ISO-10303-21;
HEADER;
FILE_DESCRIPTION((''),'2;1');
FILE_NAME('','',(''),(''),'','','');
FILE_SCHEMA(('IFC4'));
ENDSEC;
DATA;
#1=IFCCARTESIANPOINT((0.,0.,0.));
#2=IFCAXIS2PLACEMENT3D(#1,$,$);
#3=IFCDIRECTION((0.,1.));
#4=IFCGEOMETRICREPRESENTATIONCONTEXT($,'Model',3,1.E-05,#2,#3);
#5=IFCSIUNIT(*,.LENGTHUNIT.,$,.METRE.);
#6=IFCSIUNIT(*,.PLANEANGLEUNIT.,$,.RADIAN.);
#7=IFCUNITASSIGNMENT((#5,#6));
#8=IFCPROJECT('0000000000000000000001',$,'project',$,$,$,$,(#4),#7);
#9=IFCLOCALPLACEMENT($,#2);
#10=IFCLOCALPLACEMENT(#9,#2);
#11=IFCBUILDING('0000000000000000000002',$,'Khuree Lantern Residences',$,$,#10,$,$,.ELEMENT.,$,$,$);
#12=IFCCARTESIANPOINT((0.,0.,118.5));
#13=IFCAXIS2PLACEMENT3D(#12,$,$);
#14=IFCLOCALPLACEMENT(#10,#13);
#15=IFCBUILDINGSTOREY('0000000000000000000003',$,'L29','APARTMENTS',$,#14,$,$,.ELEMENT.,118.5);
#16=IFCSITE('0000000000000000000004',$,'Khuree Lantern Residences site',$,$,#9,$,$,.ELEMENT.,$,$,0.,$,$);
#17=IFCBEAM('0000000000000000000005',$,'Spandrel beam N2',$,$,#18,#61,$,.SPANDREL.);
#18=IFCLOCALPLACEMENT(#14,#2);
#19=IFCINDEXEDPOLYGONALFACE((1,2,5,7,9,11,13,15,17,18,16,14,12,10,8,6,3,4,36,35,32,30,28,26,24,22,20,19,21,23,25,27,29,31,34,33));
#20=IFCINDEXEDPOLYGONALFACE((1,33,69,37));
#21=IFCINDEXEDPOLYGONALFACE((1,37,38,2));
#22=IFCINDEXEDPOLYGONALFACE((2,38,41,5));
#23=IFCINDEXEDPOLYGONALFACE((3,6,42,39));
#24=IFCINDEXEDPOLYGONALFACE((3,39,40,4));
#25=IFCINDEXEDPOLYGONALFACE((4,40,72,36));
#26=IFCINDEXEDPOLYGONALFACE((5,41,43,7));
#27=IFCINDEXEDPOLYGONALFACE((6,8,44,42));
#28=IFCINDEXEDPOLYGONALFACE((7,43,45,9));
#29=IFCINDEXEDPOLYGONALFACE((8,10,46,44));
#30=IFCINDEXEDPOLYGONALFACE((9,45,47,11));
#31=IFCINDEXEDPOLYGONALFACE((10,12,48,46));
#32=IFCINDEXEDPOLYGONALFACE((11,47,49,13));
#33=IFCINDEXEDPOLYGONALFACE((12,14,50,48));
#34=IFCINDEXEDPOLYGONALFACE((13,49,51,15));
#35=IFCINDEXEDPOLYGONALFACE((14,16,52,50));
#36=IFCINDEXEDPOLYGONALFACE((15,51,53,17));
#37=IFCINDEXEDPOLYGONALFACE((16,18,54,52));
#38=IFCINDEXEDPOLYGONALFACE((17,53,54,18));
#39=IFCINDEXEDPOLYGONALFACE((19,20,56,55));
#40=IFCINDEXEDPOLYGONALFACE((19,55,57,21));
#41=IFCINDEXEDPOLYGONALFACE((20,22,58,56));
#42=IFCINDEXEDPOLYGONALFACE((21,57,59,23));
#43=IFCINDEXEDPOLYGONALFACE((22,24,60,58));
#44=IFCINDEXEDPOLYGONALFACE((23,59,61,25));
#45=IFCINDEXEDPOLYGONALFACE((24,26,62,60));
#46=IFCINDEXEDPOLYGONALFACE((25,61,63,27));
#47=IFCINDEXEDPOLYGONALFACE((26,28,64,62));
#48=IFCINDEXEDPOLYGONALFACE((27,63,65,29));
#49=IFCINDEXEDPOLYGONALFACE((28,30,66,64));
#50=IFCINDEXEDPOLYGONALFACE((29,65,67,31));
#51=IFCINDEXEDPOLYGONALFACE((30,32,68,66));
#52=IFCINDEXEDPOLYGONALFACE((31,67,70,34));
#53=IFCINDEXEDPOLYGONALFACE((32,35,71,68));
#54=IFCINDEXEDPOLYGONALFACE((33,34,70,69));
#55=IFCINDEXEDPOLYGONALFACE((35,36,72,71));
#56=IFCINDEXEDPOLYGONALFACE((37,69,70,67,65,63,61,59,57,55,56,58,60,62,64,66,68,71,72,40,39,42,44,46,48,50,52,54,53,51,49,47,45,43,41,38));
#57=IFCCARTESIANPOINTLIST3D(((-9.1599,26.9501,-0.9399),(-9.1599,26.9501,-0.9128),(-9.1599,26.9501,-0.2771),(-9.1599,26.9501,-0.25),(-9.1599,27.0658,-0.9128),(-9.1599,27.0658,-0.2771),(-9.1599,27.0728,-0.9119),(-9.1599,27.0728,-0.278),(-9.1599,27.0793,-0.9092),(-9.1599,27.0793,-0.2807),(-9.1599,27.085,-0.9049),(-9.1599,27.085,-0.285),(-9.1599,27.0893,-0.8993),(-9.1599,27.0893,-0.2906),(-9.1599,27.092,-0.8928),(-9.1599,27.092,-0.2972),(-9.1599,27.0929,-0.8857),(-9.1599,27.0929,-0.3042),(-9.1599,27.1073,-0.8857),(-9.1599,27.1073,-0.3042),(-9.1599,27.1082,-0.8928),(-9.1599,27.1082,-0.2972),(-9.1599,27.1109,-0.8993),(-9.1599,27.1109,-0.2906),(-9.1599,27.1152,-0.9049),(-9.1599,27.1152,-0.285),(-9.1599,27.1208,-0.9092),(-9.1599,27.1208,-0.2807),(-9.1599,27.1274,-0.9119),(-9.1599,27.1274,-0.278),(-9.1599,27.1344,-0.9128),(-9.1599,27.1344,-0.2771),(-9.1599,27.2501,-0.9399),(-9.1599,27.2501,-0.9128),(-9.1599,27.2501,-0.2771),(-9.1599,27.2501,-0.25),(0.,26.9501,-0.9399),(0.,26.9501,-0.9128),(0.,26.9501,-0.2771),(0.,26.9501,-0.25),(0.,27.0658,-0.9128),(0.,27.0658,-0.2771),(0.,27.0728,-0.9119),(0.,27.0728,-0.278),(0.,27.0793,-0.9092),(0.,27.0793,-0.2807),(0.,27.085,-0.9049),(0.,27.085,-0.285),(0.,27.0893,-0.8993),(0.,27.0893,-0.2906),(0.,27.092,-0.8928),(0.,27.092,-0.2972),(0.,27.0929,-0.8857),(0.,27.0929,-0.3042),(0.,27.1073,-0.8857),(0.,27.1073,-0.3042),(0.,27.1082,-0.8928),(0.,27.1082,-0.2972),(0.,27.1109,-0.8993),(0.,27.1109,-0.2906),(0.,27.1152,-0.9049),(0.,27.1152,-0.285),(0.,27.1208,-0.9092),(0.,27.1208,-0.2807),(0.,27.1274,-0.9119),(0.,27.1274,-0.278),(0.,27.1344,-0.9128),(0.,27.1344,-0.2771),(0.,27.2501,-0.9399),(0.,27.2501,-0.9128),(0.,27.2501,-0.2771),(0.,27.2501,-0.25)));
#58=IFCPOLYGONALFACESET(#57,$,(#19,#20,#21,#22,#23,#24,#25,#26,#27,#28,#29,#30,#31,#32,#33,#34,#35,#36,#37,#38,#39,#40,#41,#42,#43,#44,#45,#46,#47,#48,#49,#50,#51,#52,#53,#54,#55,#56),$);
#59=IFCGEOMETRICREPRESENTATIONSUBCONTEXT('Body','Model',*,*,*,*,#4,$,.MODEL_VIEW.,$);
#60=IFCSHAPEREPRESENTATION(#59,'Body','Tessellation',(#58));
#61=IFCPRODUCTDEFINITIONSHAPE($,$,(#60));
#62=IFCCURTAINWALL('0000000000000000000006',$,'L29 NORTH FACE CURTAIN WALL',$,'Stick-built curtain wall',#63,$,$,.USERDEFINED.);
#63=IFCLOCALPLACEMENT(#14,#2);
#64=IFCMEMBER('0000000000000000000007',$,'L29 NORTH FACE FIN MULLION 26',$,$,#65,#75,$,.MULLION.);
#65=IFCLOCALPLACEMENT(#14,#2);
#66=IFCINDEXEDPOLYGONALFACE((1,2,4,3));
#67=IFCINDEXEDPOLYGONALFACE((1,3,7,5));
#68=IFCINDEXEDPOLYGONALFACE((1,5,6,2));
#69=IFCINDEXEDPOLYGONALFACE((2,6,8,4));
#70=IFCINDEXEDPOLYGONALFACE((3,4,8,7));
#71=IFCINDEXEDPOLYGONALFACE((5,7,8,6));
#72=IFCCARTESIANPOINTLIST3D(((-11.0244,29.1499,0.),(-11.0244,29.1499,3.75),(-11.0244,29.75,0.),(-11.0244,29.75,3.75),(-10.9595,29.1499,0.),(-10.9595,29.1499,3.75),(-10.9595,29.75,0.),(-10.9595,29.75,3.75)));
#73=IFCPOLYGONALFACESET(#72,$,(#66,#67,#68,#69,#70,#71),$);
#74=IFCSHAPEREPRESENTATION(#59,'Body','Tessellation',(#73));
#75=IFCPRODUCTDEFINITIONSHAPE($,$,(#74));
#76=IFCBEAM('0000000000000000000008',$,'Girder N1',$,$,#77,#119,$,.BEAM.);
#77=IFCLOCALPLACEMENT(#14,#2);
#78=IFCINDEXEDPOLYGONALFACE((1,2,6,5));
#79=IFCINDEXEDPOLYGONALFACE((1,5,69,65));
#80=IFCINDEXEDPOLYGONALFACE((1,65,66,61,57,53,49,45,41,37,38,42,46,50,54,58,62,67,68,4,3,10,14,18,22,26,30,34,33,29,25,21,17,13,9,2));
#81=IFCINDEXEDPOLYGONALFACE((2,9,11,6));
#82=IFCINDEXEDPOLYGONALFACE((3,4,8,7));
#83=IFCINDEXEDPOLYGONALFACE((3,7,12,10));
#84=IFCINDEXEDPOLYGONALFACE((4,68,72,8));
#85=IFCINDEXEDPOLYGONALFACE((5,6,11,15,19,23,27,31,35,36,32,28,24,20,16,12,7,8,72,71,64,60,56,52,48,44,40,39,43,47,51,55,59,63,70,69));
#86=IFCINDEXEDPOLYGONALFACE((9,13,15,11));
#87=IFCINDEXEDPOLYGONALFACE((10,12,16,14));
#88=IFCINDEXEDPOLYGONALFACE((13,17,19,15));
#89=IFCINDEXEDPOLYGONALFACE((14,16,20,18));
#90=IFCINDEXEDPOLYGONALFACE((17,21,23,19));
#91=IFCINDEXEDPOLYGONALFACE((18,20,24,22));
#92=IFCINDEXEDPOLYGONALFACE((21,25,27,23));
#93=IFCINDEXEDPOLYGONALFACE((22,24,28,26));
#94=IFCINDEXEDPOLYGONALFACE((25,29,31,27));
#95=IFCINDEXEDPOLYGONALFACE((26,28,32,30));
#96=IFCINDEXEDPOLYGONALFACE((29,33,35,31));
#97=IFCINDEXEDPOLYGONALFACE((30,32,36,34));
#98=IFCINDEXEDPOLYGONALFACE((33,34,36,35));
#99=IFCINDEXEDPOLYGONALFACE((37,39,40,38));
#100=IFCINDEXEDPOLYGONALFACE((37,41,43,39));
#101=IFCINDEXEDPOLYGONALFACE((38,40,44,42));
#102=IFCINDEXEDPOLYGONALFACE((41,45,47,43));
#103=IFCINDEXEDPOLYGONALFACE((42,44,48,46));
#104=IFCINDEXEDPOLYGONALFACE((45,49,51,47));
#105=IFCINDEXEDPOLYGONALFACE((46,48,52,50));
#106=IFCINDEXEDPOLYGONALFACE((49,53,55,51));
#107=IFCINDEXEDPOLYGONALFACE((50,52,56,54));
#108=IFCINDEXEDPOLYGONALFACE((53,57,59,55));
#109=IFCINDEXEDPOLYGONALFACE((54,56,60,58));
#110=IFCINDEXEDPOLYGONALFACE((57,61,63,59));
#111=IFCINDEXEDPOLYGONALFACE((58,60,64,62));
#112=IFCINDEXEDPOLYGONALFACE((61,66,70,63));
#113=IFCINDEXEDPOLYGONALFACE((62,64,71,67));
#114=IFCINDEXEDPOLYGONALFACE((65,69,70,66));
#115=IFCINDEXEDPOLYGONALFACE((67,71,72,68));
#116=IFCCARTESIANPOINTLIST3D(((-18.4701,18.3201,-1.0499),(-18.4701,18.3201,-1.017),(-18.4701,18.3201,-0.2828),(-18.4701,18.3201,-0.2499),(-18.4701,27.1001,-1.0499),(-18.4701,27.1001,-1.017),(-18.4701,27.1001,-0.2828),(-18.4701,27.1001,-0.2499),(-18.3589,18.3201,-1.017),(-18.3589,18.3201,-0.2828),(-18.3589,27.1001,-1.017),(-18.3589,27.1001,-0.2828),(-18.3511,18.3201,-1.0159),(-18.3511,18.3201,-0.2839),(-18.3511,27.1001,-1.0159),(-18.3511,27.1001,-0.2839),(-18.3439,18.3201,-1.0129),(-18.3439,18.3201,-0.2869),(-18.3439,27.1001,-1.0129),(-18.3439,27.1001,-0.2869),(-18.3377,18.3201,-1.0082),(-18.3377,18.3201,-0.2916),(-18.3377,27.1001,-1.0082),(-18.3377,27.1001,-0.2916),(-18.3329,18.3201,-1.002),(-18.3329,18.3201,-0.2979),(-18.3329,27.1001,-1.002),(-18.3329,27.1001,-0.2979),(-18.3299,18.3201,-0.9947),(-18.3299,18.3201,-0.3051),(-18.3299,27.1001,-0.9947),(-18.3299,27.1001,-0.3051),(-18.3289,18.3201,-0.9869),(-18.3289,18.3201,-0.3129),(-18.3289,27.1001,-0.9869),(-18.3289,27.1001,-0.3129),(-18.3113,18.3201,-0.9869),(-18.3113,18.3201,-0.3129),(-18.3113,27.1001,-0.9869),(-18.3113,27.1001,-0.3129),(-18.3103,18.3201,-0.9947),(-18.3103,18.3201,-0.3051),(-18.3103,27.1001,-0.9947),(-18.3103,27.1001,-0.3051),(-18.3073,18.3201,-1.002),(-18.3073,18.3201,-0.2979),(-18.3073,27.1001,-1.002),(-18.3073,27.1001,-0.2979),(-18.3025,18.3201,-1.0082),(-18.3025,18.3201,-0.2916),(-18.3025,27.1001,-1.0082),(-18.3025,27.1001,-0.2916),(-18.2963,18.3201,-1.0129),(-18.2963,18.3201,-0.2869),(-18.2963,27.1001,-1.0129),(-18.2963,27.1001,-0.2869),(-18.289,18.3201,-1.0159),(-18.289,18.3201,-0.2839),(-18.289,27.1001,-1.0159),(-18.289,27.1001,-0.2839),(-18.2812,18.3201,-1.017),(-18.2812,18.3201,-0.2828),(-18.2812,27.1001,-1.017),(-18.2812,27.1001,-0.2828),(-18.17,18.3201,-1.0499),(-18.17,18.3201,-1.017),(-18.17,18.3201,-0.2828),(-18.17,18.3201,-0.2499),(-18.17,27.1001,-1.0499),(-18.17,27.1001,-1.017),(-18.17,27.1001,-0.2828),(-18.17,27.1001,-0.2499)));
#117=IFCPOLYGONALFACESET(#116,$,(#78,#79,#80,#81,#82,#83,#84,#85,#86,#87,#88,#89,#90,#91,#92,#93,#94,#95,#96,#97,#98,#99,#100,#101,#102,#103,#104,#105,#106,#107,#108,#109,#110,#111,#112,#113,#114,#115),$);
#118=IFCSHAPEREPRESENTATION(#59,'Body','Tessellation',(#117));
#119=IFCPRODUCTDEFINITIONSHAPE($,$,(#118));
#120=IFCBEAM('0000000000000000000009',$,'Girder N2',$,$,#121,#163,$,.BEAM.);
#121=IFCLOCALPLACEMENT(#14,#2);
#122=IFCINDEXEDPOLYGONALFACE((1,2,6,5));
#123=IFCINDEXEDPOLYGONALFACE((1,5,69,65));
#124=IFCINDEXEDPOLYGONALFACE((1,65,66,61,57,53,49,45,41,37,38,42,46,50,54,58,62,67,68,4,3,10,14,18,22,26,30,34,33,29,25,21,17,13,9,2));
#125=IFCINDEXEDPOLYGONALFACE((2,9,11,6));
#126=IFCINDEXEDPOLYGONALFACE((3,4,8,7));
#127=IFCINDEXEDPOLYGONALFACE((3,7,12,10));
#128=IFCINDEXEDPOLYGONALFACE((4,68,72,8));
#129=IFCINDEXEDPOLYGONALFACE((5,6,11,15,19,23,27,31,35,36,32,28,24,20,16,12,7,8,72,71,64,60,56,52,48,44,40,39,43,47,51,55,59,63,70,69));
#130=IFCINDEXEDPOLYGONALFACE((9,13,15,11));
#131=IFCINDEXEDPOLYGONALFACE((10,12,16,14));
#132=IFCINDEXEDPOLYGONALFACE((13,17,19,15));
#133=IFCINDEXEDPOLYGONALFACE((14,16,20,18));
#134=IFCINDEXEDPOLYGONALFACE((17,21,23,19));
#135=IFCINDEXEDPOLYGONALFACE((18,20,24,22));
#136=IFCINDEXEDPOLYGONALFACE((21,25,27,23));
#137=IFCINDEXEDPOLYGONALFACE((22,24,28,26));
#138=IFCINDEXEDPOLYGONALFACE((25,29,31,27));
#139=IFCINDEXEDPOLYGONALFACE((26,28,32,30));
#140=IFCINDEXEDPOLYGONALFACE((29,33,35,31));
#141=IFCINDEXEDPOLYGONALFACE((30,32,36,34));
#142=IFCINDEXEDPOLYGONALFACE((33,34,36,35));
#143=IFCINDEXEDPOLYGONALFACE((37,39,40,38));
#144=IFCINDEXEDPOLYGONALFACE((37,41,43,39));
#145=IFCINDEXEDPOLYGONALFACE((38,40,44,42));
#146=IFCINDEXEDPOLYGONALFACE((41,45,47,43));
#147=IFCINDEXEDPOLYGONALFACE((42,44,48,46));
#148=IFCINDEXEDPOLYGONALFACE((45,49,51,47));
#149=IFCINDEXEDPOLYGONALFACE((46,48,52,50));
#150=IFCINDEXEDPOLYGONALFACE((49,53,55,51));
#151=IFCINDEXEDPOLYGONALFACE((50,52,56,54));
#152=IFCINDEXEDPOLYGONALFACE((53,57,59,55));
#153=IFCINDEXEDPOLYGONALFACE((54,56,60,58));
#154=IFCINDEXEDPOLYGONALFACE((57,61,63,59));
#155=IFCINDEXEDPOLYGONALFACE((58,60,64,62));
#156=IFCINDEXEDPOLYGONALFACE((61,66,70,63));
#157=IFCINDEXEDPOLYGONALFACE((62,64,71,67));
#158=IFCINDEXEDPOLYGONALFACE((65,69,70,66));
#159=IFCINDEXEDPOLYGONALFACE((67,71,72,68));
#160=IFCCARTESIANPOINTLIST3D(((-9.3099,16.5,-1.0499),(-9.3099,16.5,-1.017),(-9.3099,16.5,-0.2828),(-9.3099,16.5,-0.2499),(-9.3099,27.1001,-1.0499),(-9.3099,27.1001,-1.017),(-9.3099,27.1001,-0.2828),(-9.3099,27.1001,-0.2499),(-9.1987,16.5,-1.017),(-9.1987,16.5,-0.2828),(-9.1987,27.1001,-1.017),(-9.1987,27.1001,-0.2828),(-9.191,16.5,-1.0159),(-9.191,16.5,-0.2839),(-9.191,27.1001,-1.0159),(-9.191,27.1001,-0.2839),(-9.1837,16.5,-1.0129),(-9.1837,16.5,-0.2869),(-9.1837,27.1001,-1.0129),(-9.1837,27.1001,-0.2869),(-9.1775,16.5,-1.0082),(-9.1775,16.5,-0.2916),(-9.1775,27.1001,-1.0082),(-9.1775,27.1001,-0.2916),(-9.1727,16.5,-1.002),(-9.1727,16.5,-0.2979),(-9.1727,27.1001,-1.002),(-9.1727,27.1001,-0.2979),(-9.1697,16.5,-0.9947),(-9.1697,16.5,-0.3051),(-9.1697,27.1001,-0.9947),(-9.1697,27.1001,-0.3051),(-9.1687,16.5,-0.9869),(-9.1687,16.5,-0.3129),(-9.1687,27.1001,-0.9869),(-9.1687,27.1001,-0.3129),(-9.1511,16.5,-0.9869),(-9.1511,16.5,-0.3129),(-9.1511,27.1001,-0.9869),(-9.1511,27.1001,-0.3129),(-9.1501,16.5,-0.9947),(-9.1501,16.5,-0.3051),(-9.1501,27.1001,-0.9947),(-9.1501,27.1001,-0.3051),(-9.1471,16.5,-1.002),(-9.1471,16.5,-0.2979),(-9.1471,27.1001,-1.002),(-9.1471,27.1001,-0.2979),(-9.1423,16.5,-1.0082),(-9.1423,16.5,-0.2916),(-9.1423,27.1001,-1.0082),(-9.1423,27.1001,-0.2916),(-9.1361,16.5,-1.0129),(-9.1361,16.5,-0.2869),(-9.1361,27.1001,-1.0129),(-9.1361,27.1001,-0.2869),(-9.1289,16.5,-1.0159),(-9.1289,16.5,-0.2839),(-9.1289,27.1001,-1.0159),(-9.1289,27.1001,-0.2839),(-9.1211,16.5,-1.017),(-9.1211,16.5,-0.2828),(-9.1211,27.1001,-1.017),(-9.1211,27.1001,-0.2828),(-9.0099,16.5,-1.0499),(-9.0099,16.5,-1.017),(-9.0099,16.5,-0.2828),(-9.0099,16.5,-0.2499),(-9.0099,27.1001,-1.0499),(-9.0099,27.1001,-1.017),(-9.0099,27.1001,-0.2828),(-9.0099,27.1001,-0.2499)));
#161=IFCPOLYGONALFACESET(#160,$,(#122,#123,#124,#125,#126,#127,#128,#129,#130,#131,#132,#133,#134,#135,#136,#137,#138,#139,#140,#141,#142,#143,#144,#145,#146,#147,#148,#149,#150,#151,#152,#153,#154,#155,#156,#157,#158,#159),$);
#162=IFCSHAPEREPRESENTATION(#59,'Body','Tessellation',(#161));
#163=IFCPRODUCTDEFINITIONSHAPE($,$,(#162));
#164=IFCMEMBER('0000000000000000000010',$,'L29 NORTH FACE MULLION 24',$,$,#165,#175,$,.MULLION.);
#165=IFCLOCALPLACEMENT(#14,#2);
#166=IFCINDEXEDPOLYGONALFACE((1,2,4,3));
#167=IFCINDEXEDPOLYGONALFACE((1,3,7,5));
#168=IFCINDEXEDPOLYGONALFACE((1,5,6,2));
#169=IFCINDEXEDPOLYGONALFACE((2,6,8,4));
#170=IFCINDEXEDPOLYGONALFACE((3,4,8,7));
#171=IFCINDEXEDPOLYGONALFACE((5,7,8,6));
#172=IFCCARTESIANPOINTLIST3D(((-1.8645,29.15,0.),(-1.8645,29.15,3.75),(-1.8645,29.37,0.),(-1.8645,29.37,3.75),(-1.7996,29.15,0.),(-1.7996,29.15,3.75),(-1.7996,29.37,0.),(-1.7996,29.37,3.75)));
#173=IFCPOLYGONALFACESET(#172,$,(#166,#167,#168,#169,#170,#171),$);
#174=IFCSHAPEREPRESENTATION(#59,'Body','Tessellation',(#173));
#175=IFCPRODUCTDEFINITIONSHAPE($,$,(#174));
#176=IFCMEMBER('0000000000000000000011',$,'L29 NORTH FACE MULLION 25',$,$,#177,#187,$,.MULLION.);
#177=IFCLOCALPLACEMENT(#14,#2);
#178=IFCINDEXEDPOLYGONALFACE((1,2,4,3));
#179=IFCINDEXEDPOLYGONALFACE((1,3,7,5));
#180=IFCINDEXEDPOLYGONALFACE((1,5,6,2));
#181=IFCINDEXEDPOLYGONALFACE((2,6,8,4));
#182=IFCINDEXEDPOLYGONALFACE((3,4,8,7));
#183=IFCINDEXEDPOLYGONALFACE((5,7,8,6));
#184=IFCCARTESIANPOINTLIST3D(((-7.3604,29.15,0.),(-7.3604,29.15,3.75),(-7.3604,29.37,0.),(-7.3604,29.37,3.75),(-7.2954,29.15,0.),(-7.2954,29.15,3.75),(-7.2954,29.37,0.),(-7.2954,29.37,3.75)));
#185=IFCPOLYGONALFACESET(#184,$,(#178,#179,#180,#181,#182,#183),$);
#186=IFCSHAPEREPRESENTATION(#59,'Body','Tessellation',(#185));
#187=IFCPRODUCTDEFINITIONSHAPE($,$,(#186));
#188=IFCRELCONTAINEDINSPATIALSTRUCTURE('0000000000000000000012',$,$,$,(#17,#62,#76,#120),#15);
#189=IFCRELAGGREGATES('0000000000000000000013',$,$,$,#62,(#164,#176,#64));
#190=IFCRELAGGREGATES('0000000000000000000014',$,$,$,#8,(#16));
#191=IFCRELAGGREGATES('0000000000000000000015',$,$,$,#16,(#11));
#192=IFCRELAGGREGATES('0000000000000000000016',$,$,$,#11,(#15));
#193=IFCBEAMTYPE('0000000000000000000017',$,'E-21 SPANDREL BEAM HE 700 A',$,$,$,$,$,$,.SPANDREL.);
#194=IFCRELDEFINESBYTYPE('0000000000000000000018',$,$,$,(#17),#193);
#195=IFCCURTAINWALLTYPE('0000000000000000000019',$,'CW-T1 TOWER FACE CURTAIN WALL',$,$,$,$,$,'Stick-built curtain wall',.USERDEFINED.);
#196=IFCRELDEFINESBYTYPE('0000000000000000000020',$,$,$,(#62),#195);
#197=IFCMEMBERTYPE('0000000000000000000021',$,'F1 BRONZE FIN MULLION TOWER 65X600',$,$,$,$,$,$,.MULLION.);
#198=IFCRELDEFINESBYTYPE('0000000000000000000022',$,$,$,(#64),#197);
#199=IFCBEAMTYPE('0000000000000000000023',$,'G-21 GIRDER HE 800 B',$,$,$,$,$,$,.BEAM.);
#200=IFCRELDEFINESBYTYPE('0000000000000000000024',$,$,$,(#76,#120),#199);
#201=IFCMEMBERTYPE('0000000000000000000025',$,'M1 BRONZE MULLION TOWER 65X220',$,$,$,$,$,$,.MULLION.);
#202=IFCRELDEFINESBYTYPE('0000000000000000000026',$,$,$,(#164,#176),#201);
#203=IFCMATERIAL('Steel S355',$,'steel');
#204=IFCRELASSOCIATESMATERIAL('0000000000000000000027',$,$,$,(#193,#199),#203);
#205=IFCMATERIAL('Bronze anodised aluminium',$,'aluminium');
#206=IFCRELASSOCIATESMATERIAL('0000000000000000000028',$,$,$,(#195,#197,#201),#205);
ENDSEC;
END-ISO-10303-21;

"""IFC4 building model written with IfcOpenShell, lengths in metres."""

from ifc_helpers import new_model, si_unit, direction, frame, origin, origin_2d, place, context, subcontext, project, spatial, rectangle, i_section, extrude, material, material_profile, profile_set, type_object, element, aggregate, save


model = new_model("IFC4")

# Units and contexts
model_context = context("Model", 3, precision=1e-05, world=origin(), true_north=direction((0.0, 1.0)))
body_context = subcontext(model_context, "Body", "Model", "MODEL_VIEW")
ifc_project = project(units=[si_unit("LENGTHUNIT", "METRE"), si_unit("PLANEANGLEUNIT", "RADIAN")], contexts=[model_context])

# Site, building, storey
site_placement = place(None, origin())
site = spatial("IfcSite", under=ifc_project, at=site_placement, Name="Khuree Lantern Residences site", CompositionType="ELEMENT", RefElevation=0.0)
building_placement = place(site_placement, origin())
building = spatial("IfcBuilding", under=site, at=building_placement, Name="Khuree Lantern Residences", CompositionType="ELEMENT")
storey_placement = place(building_placement, frame((0.0, 0.0, 118.5)))
storey = spatial("IfcBuildingStorey", under=building, at=storey_placement, Name="L29", Description="APARTMENTS", CompositionType="ELEMENT", Elevation=118.5)

# Beam
ifc_material_1 = material(Name="Steel S355", Category="steel")
ifc_material_profile_1 = material_profile(ifc_material_1, i_section(OverallWidth=0.3, OverallDepth=0.6899, WebThickness=0.0144, FlangeThickness=0.0271, FilletRadius=0.0271, at=origin_2d()), Name="HE 700 A")
ifc_profile_set_1 = profile_set([ifc_material_profile_1], Name="Steel S355")
beam_type_1 = type_object("IfcBeamType", Name="E-21 SPANDREL BEAM HE 700 A", PredefinedType="SPANDREL", material=ifc_profile_set_1)
beam_1_placement = place(storey_placement, frame((-9.1599, 27.1001, -0.595), z_axis=(1.0, 0.0, 0.0), x_axis=(0.0, 1.0, 0.0)))
element("IfcBeam", 1, at=beam_1_placement, inside=storey, type_object=beam_type_1, Name="Spandrel beam N2", PredefinedType="SPANDREL", context=body_context, shape_type="SweptSolid", body=[
    extrude(i_section(OverallWidth=0.3, OverallDepth=0.6899, WebThickness=0.0144, FlangeThickness=0.0271, FilletRadius=0.0271, at=origin_2d()), origin(), (0.0, 0.0, 1.0), 9.1599),
])

# Curtain wall, member
ifc_material_2 = material(Name="Bronze anodised aluminium", Category="aluminium")
curtain_wall_type = type_object("IfcCurtainWallType", Name="CW-T1 TOWER FACE CURTAIN WALL", ElementType="Stick-built curtain wall", PredefinedType="USERDEFINED", material=ifc_material_2)
curtain_wall_placement = place(storey_placement, origin())
curtain_wall = element("IfcCurtainWall", 2, at=curtain_wall_placement, inside=storey, type_object=curtain_wall_type, Name="L29 NORTH FACE CURTAIN WALL", ObjectType="Stick-built curtain wall", PredefinedType="USERDEFINED")
ifc_material_profile_2 = material_profile(ifc_material_2, rectangle(XDim=0.0649, YDim=0.6001, at=origin_2d()), Name="F1 65X600")
ifc_profile_set_2 = profile_set([ifc_material_profile_2], Name="Bronze anodised aluminium")
member_type_1 = type_object("IfcMemberType", Name="F1 BRONZE FIN MULLION TOWER 65X600", PredefinedType="MULLION", material=ifc_profile_set_2)
member_1_placement = place(storey_placement, frame((-10.9919, 29.45, 0.0), z_axis=(0.0, 0.0, 1.0), x_axis=(-1.0, 0.0, 0.0)))
member_1 = element("IfcMember", 3, at=member_1_placement, type_object=member_type_1, Name="L29 NORTH FACE FIN MULLION 26", PredefinedType="MULLION", context=body_context, shape_type="SweptSolid", body=[
    extrude(rectangle(XDim=0.0649, YDim=0.6001, at=origin_2d()), origin(), (0.0, 0.0, 1.0), 3.75),
])

# Beams
ifc_material_profile_3 = material_profile(ifc_material_1, i_section(OverallWidth=0.3, OverallDepth=0.8, WebThickness=0.0176, FlangeThickness=0.033, FilletRadius=0.03, at=origin_2d()), Name="HE 800 B")
ifc_profile_set_3 = profile_set([ifc_material_profile_3], Name="Steel S355")
beam_type_2 = type_object("IfcBeamType", Name="G-21 GIRDER HE 800 B", PredefinedType="BEAM", material=ifc_profile_set_3)
beam_2_placement = place(storey_placement, frame((-18.3201, 27.1001, -0.6499), z_axis=(0.0, -1.0, 0.0), x_axis=(1.0, 0.0, 0.0)))
element("IfcBeam", 4, at=beam_2_placement, inside=storey, type_object=beam_type_2, Name="Girder N1", PredefinedType="BEAM", context=body_context, shape_type="SweptSolid", body=[
    extrude(i_section(OverallWidth=0.3, OverallDepth=0.8, WebThickness=0.0176, FlangeThickness=0.033, FilletRadius=0.03, at=origin_2d()), origin(), (0.0, 0.0, 1.0), 8.78),
])
beam_3_placement = place(storey_placement, frame((-9.1599, 27.1001, -0.6499), z_axis=(0.0, -1.0, 0.0), x_axis=(1.0, 0.0, 0.0)))
element("IfcBeam", 5, at=beam_3_placement, inside=storey, type_object=beam_type_2, Name="Girder N2", PredefinedType="BEAM", context=body_context, shape_type="SweptSolid", body=[
    extrude(i_section(OverallWidth=0.3, OverallDepth=0.8, WebThickness=0.0176, FlangeThickness=0.033, FilletRadius=0.03, at=origin_2d()), origin(), (0.0, 0.0, 1.0), 10.6001),
])

# Members
ifc_material_profile_4 = material_profile(ifc_material_2, rectangle(XDim=0.0649, YDim=0.22, at=origin_2d()), Name="M1 65X220")
ifc_profile_set_4 = profile_set([ifc_material_profile_4], Name="Bronze anodised aluminium")
member_type_2 = type_object("IfcMemberType", Name="M1 BRONZE MULLION TOWER 65X220", PredefinedType="MULLION", material=ifc_profile_set_4)
member_2_placement = place(storey_placement, frame((-1.832, 29.26, 0.0), z_axis=(0.0, 0.0, 1.0), x_axis=(-1.0, 0.0, 0.0)))
member_2 = element("IfcMember", 6, at=member_2_placement, type_object=member_type_2, Name="L29 NORTH FACE MULLION 24", PredefinedType="MULLION", context=body_context, shape_type="SweptSolid", body=[
    extrude(rectangle(XDim=0.0649, YDim=0.22, at=origin_2d()), origin(), (0.0, 0.0, 1.0), 3.75),
])
member_3_placement = place(storey_placement, frame((-7.3279, 29.26, 0.0), z_axis=(0.0, 0.0, 1.0), x_axis=(-1.0, 0.0, 0.0)))
member_3 = element("IfcMember", 7, at=member_3_placement, type_object=member_type_2, Name="L29 NORTH FACE MULLION 25", PredefinedType="MULLION", context=body_context, shape_type="SweptSolid", body=[
    extrude(rectangle(XDim=0.0649, YDim=0.22, at=origin_2d()), origin(), (0.0, 0.0, 1.0), 3.75),
])

aggregate(curtain_wall, [member_2, member_3, member_1])

save(model, "model.ifc")
